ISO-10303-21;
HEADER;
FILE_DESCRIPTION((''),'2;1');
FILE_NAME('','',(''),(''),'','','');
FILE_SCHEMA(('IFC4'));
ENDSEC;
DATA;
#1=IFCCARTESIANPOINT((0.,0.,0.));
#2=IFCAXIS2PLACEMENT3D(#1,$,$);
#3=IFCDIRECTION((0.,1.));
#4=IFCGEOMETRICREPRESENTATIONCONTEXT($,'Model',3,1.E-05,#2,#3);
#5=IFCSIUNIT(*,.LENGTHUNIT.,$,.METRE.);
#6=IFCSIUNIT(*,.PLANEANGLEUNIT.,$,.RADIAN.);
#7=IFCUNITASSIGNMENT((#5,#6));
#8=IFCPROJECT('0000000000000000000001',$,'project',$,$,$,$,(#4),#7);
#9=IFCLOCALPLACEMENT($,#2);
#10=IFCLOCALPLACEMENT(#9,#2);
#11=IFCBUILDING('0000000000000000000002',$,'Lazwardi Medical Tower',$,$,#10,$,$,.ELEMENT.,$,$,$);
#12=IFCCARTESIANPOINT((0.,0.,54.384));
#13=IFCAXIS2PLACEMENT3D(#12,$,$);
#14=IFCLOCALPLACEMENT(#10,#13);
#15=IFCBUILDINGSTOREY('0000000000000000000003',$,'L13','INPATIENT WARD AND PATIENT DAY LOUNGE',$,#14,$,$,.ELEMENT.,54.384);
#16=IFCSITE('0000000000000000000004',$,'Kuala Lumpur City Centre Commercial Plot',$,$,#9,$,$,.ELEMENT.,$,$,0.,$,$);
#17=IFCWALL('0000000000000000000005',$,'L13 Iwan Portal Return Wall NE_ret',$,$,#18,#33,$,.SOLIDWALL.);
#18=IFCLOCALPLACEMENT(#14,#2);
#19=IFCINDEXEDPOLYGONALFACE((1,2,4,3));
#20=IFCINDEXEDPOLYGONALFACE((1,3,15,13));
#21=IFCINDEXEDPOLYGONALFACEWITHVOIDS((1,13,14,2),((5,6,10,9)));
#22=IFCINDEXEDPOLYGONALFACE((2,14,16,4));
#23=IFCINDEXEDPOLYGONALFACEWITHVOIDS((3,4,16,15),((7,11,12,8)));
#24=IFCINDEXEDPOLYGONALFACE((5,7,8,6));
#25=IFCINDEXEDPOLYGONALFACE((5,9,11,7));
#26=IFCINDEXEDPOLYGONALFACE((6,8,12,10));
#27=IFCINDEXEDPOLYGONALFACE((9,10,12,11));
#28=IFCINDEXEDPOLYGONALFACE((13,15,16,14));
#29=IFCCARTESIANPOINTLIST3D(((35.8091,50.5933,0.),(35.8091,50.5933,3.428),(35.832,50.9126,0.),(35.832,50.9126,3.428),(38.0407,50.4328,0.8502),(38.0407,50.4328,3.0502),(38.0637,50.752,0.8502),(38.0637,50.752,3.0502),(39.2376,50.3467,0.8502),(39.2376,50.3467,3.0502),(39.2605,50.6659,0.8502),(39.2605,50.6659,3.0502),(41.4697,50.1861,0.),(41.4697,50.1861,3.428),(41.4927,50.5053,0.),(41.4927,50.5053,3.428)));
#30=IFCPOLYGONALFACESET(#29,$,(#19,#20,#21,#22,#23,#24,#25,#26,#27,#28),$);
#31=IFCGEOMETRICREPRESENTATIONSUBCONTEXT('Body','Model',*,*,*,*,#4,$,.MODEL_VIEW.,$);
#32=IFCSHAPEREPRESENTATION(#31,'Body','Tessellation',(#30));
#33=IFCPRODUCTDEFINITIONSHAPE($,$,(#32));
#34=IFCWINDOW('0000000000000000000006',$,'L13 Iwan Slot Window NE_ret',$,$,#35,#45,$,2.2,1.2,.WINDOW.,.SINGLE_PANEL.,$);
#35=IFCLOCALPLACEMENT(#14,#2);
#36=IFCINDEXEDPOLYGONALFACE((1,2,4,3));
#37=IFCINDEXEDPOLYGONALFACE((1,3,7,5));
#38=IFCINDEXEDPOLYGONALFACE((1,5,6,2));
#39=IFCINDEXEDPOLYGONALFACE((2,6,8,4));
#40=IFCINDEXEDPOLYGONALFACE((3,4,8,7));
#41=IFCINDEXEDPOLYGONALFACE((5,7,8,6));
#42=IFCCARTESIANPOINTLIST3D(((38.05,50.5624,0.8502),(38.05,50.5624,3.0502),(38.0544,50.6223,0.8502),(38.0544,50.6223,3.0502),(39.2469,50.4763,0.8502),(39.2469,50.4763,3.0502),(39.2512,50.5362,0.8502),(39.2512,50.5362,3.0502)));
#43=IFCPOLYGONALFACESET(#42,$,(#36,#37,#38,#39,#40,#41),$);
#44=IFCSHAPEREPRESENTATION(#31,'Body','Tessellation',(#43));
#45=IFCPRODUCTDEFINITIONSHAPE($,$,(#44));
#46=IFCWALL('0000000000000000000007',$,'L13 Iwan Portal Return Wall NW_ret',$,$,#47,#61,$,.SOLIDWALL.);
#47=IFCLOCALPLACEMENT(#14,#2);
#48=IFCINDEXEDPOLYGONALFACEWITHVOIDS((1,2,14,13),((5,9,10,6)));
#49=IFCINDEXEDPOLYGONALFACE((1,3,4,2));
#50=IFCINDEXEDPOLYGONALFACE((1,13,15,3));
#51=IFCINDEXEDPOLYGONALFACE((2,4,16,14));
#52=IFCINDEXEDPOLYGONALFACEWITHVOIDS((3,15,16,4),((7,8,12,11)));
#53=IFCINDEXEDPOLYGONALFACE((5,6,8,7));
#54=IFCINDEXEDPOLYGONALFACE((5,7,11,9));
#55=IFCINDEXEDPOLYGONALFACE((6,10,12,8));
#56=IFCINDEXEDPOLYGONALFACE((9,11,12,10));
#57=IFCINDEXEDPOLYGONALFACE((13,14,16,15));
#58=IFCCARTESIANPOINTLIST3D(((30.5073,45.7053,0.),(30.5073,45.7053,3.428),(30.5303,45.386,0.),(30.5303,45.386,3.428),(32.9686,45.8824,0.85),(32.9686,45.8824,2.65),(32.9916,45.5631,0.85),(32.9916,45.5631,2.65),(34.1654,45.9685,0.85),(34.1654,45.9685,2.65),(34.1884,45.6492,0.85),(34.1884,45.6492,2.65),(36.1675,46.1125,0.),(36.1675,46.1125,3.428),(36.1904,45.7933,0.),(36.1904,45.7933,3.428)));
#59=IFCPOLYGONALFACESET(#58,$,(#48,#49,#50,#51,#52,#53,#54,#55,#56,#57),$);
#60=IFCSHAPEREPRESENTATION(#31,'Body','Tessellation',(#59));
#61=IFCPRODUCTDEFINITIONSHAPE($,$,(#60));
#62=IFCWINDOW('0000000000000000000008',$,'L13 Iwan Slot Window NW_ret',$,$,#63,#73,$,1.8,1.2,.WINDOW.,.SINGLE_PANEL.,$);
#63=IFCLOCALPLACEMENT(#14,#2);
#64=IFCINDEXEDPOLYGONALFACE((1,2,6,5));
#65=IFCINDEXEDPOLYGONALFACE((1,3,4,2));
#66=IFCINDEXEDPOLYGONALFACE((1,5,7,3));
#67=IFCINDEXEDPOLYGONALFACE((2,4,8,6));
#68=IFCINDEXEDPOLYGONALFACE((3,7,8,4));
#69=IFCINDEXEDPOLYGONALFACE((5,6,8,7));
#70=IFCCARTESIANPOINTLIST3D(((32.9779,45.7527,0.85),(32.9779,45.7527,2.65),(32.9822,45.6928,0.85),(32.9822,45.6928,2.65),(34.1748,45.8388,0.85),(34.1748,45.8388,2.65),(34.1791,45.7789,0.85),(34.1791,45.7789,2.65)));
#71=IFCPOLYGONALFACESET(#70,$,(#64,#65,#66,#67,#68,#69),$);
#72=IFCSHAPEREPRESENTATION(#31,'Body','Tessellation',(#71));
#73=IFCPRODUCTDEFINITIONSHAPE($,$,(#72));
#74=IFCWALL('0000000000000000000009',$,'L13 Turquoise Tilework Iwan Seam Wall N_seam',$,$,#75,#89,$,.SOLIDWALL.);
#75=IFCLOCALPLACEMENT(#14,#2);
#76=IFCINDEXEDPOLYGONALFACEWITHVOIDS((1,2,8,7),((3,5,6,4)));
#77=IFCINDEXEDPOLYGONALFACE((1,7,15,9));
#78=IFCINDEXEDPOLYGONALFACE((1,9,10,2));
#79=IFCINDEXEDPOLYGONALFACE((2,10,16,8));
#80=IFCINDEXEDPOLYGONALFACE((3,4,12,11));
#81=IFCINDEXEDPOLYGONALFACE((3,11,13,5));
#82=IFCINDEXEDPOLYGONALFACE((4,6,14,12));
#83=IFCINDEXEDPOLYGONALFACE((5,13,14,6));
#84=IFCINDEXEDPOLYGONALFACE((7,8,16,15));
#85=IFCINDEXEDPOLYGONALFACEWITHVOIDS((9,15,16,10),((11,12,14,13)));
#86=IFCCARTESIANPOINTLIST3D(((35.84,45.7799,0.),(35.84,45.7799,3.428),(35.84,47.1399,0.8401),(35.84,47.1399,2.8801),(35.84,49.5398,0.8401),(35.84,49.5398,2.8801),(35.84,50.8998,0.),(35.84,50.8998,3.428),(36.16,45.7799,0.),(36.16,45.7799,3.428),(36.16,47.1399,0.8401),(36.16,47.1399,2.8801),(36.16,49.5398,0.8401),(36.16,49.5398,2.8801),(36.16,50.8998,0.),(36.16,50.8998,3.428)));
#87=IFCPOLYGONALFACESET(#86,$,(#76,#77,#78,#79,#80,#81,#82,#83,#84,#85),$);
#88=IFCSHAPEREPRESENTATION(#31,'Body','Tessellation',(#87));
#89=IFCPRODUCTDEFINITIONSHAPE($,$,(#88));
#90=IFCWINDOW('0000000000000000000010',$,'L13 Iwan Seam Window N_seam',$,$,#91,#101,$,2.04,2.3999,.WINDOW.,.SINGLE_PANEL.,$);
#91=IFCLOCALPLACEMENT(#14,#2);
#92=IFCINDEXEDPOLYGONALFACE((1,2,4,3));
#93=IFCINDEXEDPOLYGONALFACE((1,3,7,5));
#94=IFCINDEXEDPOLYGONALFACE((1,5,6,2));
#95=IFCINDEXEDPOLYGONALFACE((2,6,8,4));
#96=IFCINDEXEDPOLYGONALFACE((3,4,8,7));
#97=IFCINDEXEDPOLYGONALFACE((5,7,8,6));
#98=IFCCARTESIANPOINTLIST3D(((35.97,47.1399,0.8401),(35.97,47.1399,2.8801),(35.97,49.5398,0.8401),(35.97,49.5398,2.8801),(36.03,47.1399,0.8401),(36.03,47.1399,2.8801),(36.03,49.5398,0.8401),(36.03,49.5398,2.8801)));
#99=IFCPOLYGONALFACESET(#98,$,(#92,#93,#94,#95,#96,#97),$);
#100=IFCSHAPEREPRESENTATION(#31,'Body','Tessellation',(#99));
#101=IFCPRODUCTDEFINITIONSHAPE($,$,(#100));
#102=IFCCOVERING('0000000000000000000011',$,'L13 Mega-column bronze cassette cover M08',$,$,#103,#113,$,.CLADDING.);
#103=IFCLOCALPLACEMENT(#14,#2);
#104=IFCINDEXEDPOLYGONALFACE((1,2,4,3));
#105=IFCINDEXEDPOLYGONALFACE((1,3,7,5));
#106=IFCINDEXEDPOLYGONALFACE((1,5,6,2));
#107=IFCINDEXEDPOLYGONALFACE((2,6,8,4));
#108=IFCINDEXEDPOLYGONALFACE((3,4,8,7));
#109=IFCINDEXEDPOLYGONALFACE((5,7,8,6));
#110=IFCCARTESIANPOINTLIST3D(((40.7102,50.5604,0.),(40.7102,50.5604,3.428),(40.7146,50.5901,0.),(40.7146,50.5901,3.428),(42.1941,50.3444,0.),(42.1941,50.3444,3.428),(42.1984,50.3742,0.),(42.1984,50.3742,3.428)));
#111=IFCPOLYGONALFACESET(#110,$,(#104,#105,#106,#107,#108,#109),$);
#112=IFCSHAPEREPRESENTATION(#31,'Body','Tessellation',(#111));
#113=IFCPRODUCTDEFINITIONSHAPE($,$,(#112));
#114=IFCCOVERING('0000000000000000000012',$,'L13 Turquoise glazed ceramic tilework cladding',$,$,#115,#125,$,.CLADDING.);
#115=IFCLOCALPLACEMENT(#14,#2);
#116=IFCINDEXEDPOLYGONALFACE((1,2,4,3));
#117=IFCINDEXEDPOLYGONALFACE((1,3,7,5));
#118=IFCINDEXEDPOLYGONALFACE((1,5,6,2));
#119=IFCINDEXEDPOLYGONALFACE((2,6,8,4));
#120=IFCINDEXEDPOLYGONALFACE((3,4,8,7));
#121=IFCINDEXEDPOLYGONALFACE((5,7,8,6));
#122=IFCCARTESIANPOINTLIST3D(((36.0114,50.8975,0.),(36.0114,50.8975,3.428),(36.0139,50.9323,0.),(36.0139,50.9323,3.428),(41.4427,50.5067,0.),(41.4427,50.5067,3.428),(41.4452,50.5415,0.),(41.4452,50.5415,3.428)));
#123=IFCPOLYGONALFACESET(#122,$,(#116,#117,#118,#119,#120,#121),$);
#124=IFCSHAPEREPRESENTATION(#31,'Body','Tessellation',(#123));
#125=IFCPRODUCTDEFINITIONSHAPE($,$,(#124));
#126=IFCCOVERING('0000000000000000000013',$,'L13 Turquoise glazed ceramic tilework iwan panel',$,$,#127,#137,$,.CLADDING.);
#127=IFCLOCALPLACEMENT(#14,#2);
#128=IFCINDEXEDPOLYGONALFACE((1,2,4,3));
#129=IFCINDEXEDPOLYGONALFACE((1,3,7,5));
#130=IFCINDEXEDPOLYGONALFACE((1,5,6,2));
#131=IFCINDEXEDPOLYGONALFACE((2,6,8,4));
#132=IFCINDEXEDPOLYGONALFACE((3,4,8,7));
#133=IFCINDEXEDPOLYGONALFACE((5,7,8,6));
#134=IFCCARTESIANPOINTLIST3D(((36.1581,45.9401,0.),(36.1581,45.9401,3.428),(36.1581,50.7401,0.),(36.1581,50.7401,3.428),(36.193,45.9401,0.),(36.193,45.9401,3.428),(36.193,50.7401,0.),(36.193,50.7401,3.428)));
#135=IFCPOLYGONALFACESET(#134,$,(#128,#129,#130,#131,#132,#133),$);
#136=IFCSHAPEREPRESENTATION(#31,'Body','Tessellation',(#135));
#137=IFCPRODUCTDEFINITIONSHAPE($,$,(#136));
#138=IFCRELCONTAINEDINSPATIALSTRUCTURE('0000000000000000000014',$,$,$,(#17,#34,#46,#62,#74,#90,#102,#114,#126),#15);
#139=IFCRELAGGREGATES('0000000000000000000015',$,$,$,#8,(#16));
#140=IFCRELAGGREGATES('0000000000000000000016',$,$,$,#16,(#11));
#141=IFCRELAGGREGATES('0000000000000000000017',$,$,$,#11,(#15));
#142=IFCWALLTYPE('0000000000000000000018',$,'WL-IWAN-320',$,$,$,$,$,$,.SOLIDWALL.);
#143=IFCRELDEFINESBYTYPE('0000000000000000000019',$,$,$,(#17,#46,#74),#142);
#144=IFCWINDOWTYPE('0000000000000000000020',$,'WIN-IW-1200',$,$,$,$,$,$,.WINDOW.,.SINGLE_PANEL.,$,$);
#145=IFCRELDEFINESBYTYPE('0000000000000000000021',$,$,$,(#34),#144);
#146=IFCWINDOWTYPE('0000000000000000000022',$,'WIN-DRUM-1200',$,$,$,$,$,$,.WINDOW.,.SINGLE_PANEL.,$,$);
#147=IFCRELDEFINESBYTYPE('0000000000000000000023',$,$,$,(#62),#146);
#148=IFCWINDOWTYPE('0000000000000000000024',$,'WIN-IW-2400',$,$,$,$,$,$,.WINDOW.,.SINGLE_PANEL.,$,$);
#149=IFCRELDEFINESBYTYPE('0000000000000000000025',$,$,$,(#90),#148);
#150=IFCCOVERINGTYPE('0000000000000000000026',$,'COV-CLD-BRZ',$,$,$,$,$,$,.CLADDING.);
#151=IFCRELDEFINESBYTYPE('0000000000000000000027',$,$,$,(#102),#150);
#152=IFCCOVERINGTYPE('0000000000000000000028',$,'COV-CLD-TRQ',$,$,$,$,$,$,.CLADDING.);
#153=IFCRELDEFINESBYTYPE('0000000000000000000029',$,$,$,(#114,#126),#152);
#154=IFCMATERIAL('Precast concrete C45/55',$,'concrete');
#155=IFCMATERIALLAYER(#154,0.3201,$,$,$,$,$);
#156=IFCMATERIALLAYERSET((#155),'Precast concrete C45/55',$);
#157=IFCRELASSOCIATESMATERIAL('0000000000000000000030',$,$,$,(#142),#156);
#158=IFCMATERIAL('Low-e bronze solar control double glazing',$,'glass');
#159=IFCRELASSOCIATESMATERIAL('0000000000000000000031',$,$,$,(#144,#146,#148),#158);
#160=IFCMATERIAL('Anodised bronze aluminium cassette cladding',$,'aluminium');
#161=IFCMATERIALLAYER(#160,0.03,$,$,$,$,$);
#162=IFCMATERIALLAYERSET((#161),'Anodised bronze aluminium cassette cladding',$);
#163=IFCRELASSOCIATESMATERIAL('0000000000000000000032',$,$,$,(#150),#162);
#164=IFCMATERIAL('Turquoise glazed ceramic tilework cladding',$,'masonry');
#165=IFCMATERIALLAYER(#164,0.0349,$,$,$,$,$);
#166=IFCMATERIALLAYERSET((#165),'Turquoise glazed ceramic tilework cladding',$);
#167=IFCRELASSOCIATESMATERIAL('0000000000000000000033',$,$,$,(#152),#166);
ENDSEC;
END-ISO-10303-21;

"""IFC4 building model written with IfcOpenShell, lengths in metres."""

from ifc_helpers import new_model, si_unit, direction, frame, frame_2d, origin, origin_2d, place, context, subcontext, project, spatial, rectangle, extrude, material, layer, layer_set, type_object, element, fill, save


model = new_model("IFC4")

# Units and contexts
model_context = context("Model", 3, precision=1e-05, world=origin(), true_north=direction((0.0, 1.0)))
body_context = subcontext(model_context, "Body", "Model", "MODEL_VIEW")
ifc_project = project(units=[si_unit("LENGTHUNIT", "METRE"), si_unit("PLANEANGLEUNIT", "RADIAN")], contexts=[model_context])

# Site, building, storey
site_placement = place(None, origin())
site = spatial("IfcSite", under=ifc_project, at=site_placement, Name="Kuala Lumpur City Centre Commercial Plot", CompositionType="ELEMENT", RefElevation=0.0)
building_placement = place(site_placement, origin())
building = spatial("IfcBuilding", under=site, at=building_placement, Name="Lazwardi Medical Tower", CompositionType="ELEMENT")
storey_placement = place(building_placement, frame((0.0, 0.0, 54.384)))
storey = spatial("IfcBuildingStorey", under=building, at=storey_placement, Name="L13", Description="INPATIENT WARD AND PATIENT DAY LOUNGE", CompositionType="ELEMENT", Elevation=54.384)

# Shared definitions
ifc_material_1 = material(Name="Low-e bronze solar control double glazing", Category="glass")

# Walls, openings, windows
ifc_material_2 = material(Name="Precast concrete C45/55", Category="concrete")
ifc_layer_1 = layer(ifc_material_2, 0.3201)
ifc_layer_set_1 = layer_set([ifc_layer_1], Name="Precast concrete C45/55")
wall_type_1 = type_object("IfcWallType", Name="WL-IWAN-320", PredefinedType="SOLIDWALL", material=ifc_layer_set_1)
wall_1_placement = place(storey_placement, frame((41.4812, 50.3457, 0.0), z_axis=(0.0, 0.0, 1.0), x_axis=(-0.997422, 0.071755, 0.0)))
wall_1 = element("IfcWall", 1, at=wall_1_placement, inside=storey, type_object=wall_type_1, Name="L13 Iwan Portal Return Wall NE_ret", PredefinedType="SOLIDWALL", context=body_context, shape_type="SweptSolid", body=[
    extrude(rectangle(XDim=5.6753, YDim=0.3201, at=frame_2d((2.8376, 0.0))), origin(), (0.0, 0.0, 1.0), 3.428),
])
opening_1_placement = place(wall_1_placement, frame((2.2378, 0.0, 0.8501)))
opening_1 = element("IfcOpeningElement", 2, at=opening_1_placement, cuts=wall_1, PredefinedType="OPENING", context=body_context, shape_type="SweptSolid", body=[
    extrude(rectangle(XDim=1.2, YDim=2.2, at=frame_2d((0.6001, 1.1001))), frame((0.0, 0.1699, 0.0), z_axis=(0.0, -1.0, 0.0), x_axis=(1.0, 0.0, 0.0)), (0.0, 0.0, 1.0), 0.3401),
])
window_type_1 = type_object("IfcWindowType", Name="WIN-IW-1200", PartitioningType="SINGLE_PANEL", PredefinedType="WINDOW", material=ifc_material_1)
window_1_placement = place(opening_1_placement, origin())
window_1 = element("IfcWindow", 3, at=window_1_placement, inside=storey, type_object=window_type_1, Name="L13 Iwan Slot Window NE_ret", OverallHeight=2.2, OverallWidth=1.2, PartitioningType="SINGLE_PANEL", PredefinedType="WINDOW", context=body_context, shape_type="SweptSolid", body=[
    extrude(rectangle(XDim=1.2, YDim=2.2, at=frame_2d((0.6001, 1.1001))), frame((0.0, 0.03, 0.0), z_axis=(0.0, -1.0, 0.0), x_axis=(1.0, 0.0, 0.0)), (0.0, 0.0, 1.0), 0.0601),
])
fill(opening_1, window_1)
wall_2_placement = place(storey_placement, frame((36.179, 45.9529, 0.0), z_axis=(0.0, 0.0, 1.0), x_axis=(-0.997422, -0.071761, 0.0)))
wall_2 = element("IfcWall", 4, at=wall_2_placement, inside=storey, type_object=wall_type_1, Name="L13 Iwan Portal Return Wall NW_ret", PredefinedType="SOLIDWALL", context=body_context, shape_type="SweptSolid", body=[
    extrude(rectangle(XDim=5.6748, YDim=0.3201, at=frame_2d((2.8374, 0.0))), origin(), (0.0, 0.0, 1.0), 3.428),
])
opening_2_placement = place(wall_2_placement, frame((2.0071, 0.0, 0.8501)))
opening_2 = element("IfcOpeningElement", 5, at=opening_2_placement, cuts=wall_2, PredefinedType="OPENING", context=body_context, shape_type="SweptSolid", body=[
    extrude(rectangle(XDim=1.2, YDim=1.8, at=frame_2d((0.6001, 0.8999))), frame((0.0, 0.1699, 0.0), z_axis=(0.0, -1.0, 0.0), x_axis=(1.0, 0.0, 0.0)), (0.0, 0.0, 1.0), 0.3401),
])
window_type_2 = type_object("IfcWindowType", Name="WIN-DRUM-1200", PartitioningType="SINGLE_PANEL", PredefinedType="WINDOW", material=ifc_material_1)
window_2_placement = place(opening_2_placement, origin())
window_2 = element("IfcWindow", 6, at=window_2_placement, inside=storey, type_object=window_type_2, Name="L13 Iwan Slot Window NW_ret", OverallHeight=1.8, OverallWidth=1.2, PartitioningType="SINGLE_PANEL", PredefinedType="WINDOW", context=body_context, shape_type="SweptSolid", body=[
    extrude(rectangle(XDim=1.2, YDim=1.8, at=frame_2d((0.6001, 0.8999))), frame((0.0, 0.03, 0.0), z_axis=(0.0, -1.0, 0.0), x_axis=(1.0, 0.0, 0.0)), (0.0, 0.0, 1.0), 0.0601),
])
fill(opening_2, window_2)
wall_3_placement = place(storey_placement, frame((36.0, 50.8999, 0.0), z_axis=(0.0, 0.0, 1.0), x_axis=(0.0, -1.0, 0.0)))
wall_3 = element("IfcWall", 7, at=wall_3_placement, inside=storey, type_object=wall_type_1, Name="L13 Turquoise Tilework Iwan Seam Wall N_seam", PredefinedType="SOLIDWALL", context=body_context, shape_type="SweptSolid", body=[
    extrude(rectangle(XDim=5.1199, YDim=0.3201, at=frame_2d((2.5601, 0.0))), origin(), (0.0, 0.0, 1.0), 3.428),
])
opening_3_placement = place(wall_3_placement, frame((1.3601, 0.0, 0.8401)))
opening_3 = element("IfcOpeningElement", 8, at=opening_3_placement, cuts=wall_3, PredefinedType="OPENING", context=body_context, shape_type="SweptSolid", body=[
    extrude(rectangle(XDim=2.3999, YDim=2.04, at=frame_2d((1.2, 1.02))), frame((0.0, 0.1699, 0.0), z_axis=(0.0, -1.0, 0.0), x_axis=(1.0, 0.0, 0.0)), (0.0, 0.0, 1.0), 0.3401),
])
window_type_3 = type_object("IfcWindowType", Name="WIN-IW-2400", PartitioningType="SINGLE_PANEL", PredefinedType="WINDOW", material=ifc_material_1)
window_3_placement = place(opening_3_placement, origin())
window_3 = element("IfcWindow", 9, at=window_3_placement, inside=storey, type_object=window_type_3, Name="L13 Iwan Seam Window N_seam", OverallHeight=2.04, OverallWidth=2.3999, PartitioningType="SINGLE_PANEL", PredefinedType="WINDOW", context=body_context, shape_type="SweptSolid", body=[
    extrude(rectangle(XDim=2.3999, YDim=2.04, at=frame_2d((1.2, 1.02))), frame((0.0, 0.03, 0.0), z_axis=(0.0, -1.0, 0.0), x_axis=(1.0, 0.0, 0.0)), (0.0, 0.0, 1.0), 0.0601),
])
fill(opening_3, window_3)

# Coverings
ifc_material_3 = material(Name="Anodised bronze aluminium cassette cladding", Category="aluminium")
ifc_layer_2 = layer(ifc_material_3, 0.03)
ifc_layer_set_2 = layer_set([ifc_layer_2], Name="Anodised bronze aluminium cassette cladding")
covering_type_1 = type_object("IfcCoveringType", Name="COV-CLD-BRZ", PredefinedType="CLADDING", material=ifc_layer_set_2)
covering_1_placement = place(storey_placement, frame((41.4543, 50.4673, 0.0), z_axis=(0.0, 0.0, 1.0), x_axis=(-0.989573, 0.144035, 0.0)))
element("IfcCovering", 10, at=covering_1_placement, inside=storey, type_object=covering_type_1, Name="L13 Mega-column bronze cassette cover M08", PredefinedType="CLADDING", context=body_context, shape_type="SweptSolid", body=[
    extrude(rectangle(XDim=1.4995, YDim=0.03, at=origin_2d()), origin(), (0.0, 0.0, 1.0), 3.428),
])
ifc_material_4 = material(Name="Turquoise glazed ceramic tilework cladding", Category="masonry")
ifc_layer_3 = layer(ifc_material_4, 0.0349)
ifc_layer_set_3 = layer_set([ifc_layer_3], Name="Turquoise glazed ceramic tilework cladding")
covering_type_2 = type_object("IfcCoveringType", Name="COV-CLD-TRQ", PredefinedType="CLADDING", material=ifc_layer_set_3)
covering_2_placement = place(storey_placement, frame((38.7283, 50.7195, 0.0), z_axis=(0.0, 0.0, 1.0), x_axis=(-0.997421, 0.071767, 0.0)))
element("IfcCovering", 11, at=covering_2_placement, inside=storey, type_object=covering_type_2, Name="L13 Turquoise glazed ceramic tilework cladding", PredefinedType="CLADDING", context=body_context, shape_type="SweptSolid", body=[
    extrude(rectangle(XDim=5.4453, YDim=0.0349, at=origin_2d()), origin(), (0.0, 0.0, 1.0), 3.428),
])
covering_3_placement = place(storey_placement, frame((36.1755, 48.3401, 0.0), z_axis=(0.0, 0.0, 1.0), x_axis=(0.0, -1.0, 0.0)))
element("IfcCovering", 12, at=covering_3_placement, inside=storey, type_object=covering_type_2, Name="L13 Turquoise glazed ceramic tilework iwan panel", PredefinedType="CLADDING", context=body_context, shape_type="SweptSolid", body=[
    extrude(rectangle(XDim=4.8, YDim=0.0349, at=origin_2d()), origin(), (0.0, 0.0, 1.0), 3.428),
])

save(model, "model.ifc")
